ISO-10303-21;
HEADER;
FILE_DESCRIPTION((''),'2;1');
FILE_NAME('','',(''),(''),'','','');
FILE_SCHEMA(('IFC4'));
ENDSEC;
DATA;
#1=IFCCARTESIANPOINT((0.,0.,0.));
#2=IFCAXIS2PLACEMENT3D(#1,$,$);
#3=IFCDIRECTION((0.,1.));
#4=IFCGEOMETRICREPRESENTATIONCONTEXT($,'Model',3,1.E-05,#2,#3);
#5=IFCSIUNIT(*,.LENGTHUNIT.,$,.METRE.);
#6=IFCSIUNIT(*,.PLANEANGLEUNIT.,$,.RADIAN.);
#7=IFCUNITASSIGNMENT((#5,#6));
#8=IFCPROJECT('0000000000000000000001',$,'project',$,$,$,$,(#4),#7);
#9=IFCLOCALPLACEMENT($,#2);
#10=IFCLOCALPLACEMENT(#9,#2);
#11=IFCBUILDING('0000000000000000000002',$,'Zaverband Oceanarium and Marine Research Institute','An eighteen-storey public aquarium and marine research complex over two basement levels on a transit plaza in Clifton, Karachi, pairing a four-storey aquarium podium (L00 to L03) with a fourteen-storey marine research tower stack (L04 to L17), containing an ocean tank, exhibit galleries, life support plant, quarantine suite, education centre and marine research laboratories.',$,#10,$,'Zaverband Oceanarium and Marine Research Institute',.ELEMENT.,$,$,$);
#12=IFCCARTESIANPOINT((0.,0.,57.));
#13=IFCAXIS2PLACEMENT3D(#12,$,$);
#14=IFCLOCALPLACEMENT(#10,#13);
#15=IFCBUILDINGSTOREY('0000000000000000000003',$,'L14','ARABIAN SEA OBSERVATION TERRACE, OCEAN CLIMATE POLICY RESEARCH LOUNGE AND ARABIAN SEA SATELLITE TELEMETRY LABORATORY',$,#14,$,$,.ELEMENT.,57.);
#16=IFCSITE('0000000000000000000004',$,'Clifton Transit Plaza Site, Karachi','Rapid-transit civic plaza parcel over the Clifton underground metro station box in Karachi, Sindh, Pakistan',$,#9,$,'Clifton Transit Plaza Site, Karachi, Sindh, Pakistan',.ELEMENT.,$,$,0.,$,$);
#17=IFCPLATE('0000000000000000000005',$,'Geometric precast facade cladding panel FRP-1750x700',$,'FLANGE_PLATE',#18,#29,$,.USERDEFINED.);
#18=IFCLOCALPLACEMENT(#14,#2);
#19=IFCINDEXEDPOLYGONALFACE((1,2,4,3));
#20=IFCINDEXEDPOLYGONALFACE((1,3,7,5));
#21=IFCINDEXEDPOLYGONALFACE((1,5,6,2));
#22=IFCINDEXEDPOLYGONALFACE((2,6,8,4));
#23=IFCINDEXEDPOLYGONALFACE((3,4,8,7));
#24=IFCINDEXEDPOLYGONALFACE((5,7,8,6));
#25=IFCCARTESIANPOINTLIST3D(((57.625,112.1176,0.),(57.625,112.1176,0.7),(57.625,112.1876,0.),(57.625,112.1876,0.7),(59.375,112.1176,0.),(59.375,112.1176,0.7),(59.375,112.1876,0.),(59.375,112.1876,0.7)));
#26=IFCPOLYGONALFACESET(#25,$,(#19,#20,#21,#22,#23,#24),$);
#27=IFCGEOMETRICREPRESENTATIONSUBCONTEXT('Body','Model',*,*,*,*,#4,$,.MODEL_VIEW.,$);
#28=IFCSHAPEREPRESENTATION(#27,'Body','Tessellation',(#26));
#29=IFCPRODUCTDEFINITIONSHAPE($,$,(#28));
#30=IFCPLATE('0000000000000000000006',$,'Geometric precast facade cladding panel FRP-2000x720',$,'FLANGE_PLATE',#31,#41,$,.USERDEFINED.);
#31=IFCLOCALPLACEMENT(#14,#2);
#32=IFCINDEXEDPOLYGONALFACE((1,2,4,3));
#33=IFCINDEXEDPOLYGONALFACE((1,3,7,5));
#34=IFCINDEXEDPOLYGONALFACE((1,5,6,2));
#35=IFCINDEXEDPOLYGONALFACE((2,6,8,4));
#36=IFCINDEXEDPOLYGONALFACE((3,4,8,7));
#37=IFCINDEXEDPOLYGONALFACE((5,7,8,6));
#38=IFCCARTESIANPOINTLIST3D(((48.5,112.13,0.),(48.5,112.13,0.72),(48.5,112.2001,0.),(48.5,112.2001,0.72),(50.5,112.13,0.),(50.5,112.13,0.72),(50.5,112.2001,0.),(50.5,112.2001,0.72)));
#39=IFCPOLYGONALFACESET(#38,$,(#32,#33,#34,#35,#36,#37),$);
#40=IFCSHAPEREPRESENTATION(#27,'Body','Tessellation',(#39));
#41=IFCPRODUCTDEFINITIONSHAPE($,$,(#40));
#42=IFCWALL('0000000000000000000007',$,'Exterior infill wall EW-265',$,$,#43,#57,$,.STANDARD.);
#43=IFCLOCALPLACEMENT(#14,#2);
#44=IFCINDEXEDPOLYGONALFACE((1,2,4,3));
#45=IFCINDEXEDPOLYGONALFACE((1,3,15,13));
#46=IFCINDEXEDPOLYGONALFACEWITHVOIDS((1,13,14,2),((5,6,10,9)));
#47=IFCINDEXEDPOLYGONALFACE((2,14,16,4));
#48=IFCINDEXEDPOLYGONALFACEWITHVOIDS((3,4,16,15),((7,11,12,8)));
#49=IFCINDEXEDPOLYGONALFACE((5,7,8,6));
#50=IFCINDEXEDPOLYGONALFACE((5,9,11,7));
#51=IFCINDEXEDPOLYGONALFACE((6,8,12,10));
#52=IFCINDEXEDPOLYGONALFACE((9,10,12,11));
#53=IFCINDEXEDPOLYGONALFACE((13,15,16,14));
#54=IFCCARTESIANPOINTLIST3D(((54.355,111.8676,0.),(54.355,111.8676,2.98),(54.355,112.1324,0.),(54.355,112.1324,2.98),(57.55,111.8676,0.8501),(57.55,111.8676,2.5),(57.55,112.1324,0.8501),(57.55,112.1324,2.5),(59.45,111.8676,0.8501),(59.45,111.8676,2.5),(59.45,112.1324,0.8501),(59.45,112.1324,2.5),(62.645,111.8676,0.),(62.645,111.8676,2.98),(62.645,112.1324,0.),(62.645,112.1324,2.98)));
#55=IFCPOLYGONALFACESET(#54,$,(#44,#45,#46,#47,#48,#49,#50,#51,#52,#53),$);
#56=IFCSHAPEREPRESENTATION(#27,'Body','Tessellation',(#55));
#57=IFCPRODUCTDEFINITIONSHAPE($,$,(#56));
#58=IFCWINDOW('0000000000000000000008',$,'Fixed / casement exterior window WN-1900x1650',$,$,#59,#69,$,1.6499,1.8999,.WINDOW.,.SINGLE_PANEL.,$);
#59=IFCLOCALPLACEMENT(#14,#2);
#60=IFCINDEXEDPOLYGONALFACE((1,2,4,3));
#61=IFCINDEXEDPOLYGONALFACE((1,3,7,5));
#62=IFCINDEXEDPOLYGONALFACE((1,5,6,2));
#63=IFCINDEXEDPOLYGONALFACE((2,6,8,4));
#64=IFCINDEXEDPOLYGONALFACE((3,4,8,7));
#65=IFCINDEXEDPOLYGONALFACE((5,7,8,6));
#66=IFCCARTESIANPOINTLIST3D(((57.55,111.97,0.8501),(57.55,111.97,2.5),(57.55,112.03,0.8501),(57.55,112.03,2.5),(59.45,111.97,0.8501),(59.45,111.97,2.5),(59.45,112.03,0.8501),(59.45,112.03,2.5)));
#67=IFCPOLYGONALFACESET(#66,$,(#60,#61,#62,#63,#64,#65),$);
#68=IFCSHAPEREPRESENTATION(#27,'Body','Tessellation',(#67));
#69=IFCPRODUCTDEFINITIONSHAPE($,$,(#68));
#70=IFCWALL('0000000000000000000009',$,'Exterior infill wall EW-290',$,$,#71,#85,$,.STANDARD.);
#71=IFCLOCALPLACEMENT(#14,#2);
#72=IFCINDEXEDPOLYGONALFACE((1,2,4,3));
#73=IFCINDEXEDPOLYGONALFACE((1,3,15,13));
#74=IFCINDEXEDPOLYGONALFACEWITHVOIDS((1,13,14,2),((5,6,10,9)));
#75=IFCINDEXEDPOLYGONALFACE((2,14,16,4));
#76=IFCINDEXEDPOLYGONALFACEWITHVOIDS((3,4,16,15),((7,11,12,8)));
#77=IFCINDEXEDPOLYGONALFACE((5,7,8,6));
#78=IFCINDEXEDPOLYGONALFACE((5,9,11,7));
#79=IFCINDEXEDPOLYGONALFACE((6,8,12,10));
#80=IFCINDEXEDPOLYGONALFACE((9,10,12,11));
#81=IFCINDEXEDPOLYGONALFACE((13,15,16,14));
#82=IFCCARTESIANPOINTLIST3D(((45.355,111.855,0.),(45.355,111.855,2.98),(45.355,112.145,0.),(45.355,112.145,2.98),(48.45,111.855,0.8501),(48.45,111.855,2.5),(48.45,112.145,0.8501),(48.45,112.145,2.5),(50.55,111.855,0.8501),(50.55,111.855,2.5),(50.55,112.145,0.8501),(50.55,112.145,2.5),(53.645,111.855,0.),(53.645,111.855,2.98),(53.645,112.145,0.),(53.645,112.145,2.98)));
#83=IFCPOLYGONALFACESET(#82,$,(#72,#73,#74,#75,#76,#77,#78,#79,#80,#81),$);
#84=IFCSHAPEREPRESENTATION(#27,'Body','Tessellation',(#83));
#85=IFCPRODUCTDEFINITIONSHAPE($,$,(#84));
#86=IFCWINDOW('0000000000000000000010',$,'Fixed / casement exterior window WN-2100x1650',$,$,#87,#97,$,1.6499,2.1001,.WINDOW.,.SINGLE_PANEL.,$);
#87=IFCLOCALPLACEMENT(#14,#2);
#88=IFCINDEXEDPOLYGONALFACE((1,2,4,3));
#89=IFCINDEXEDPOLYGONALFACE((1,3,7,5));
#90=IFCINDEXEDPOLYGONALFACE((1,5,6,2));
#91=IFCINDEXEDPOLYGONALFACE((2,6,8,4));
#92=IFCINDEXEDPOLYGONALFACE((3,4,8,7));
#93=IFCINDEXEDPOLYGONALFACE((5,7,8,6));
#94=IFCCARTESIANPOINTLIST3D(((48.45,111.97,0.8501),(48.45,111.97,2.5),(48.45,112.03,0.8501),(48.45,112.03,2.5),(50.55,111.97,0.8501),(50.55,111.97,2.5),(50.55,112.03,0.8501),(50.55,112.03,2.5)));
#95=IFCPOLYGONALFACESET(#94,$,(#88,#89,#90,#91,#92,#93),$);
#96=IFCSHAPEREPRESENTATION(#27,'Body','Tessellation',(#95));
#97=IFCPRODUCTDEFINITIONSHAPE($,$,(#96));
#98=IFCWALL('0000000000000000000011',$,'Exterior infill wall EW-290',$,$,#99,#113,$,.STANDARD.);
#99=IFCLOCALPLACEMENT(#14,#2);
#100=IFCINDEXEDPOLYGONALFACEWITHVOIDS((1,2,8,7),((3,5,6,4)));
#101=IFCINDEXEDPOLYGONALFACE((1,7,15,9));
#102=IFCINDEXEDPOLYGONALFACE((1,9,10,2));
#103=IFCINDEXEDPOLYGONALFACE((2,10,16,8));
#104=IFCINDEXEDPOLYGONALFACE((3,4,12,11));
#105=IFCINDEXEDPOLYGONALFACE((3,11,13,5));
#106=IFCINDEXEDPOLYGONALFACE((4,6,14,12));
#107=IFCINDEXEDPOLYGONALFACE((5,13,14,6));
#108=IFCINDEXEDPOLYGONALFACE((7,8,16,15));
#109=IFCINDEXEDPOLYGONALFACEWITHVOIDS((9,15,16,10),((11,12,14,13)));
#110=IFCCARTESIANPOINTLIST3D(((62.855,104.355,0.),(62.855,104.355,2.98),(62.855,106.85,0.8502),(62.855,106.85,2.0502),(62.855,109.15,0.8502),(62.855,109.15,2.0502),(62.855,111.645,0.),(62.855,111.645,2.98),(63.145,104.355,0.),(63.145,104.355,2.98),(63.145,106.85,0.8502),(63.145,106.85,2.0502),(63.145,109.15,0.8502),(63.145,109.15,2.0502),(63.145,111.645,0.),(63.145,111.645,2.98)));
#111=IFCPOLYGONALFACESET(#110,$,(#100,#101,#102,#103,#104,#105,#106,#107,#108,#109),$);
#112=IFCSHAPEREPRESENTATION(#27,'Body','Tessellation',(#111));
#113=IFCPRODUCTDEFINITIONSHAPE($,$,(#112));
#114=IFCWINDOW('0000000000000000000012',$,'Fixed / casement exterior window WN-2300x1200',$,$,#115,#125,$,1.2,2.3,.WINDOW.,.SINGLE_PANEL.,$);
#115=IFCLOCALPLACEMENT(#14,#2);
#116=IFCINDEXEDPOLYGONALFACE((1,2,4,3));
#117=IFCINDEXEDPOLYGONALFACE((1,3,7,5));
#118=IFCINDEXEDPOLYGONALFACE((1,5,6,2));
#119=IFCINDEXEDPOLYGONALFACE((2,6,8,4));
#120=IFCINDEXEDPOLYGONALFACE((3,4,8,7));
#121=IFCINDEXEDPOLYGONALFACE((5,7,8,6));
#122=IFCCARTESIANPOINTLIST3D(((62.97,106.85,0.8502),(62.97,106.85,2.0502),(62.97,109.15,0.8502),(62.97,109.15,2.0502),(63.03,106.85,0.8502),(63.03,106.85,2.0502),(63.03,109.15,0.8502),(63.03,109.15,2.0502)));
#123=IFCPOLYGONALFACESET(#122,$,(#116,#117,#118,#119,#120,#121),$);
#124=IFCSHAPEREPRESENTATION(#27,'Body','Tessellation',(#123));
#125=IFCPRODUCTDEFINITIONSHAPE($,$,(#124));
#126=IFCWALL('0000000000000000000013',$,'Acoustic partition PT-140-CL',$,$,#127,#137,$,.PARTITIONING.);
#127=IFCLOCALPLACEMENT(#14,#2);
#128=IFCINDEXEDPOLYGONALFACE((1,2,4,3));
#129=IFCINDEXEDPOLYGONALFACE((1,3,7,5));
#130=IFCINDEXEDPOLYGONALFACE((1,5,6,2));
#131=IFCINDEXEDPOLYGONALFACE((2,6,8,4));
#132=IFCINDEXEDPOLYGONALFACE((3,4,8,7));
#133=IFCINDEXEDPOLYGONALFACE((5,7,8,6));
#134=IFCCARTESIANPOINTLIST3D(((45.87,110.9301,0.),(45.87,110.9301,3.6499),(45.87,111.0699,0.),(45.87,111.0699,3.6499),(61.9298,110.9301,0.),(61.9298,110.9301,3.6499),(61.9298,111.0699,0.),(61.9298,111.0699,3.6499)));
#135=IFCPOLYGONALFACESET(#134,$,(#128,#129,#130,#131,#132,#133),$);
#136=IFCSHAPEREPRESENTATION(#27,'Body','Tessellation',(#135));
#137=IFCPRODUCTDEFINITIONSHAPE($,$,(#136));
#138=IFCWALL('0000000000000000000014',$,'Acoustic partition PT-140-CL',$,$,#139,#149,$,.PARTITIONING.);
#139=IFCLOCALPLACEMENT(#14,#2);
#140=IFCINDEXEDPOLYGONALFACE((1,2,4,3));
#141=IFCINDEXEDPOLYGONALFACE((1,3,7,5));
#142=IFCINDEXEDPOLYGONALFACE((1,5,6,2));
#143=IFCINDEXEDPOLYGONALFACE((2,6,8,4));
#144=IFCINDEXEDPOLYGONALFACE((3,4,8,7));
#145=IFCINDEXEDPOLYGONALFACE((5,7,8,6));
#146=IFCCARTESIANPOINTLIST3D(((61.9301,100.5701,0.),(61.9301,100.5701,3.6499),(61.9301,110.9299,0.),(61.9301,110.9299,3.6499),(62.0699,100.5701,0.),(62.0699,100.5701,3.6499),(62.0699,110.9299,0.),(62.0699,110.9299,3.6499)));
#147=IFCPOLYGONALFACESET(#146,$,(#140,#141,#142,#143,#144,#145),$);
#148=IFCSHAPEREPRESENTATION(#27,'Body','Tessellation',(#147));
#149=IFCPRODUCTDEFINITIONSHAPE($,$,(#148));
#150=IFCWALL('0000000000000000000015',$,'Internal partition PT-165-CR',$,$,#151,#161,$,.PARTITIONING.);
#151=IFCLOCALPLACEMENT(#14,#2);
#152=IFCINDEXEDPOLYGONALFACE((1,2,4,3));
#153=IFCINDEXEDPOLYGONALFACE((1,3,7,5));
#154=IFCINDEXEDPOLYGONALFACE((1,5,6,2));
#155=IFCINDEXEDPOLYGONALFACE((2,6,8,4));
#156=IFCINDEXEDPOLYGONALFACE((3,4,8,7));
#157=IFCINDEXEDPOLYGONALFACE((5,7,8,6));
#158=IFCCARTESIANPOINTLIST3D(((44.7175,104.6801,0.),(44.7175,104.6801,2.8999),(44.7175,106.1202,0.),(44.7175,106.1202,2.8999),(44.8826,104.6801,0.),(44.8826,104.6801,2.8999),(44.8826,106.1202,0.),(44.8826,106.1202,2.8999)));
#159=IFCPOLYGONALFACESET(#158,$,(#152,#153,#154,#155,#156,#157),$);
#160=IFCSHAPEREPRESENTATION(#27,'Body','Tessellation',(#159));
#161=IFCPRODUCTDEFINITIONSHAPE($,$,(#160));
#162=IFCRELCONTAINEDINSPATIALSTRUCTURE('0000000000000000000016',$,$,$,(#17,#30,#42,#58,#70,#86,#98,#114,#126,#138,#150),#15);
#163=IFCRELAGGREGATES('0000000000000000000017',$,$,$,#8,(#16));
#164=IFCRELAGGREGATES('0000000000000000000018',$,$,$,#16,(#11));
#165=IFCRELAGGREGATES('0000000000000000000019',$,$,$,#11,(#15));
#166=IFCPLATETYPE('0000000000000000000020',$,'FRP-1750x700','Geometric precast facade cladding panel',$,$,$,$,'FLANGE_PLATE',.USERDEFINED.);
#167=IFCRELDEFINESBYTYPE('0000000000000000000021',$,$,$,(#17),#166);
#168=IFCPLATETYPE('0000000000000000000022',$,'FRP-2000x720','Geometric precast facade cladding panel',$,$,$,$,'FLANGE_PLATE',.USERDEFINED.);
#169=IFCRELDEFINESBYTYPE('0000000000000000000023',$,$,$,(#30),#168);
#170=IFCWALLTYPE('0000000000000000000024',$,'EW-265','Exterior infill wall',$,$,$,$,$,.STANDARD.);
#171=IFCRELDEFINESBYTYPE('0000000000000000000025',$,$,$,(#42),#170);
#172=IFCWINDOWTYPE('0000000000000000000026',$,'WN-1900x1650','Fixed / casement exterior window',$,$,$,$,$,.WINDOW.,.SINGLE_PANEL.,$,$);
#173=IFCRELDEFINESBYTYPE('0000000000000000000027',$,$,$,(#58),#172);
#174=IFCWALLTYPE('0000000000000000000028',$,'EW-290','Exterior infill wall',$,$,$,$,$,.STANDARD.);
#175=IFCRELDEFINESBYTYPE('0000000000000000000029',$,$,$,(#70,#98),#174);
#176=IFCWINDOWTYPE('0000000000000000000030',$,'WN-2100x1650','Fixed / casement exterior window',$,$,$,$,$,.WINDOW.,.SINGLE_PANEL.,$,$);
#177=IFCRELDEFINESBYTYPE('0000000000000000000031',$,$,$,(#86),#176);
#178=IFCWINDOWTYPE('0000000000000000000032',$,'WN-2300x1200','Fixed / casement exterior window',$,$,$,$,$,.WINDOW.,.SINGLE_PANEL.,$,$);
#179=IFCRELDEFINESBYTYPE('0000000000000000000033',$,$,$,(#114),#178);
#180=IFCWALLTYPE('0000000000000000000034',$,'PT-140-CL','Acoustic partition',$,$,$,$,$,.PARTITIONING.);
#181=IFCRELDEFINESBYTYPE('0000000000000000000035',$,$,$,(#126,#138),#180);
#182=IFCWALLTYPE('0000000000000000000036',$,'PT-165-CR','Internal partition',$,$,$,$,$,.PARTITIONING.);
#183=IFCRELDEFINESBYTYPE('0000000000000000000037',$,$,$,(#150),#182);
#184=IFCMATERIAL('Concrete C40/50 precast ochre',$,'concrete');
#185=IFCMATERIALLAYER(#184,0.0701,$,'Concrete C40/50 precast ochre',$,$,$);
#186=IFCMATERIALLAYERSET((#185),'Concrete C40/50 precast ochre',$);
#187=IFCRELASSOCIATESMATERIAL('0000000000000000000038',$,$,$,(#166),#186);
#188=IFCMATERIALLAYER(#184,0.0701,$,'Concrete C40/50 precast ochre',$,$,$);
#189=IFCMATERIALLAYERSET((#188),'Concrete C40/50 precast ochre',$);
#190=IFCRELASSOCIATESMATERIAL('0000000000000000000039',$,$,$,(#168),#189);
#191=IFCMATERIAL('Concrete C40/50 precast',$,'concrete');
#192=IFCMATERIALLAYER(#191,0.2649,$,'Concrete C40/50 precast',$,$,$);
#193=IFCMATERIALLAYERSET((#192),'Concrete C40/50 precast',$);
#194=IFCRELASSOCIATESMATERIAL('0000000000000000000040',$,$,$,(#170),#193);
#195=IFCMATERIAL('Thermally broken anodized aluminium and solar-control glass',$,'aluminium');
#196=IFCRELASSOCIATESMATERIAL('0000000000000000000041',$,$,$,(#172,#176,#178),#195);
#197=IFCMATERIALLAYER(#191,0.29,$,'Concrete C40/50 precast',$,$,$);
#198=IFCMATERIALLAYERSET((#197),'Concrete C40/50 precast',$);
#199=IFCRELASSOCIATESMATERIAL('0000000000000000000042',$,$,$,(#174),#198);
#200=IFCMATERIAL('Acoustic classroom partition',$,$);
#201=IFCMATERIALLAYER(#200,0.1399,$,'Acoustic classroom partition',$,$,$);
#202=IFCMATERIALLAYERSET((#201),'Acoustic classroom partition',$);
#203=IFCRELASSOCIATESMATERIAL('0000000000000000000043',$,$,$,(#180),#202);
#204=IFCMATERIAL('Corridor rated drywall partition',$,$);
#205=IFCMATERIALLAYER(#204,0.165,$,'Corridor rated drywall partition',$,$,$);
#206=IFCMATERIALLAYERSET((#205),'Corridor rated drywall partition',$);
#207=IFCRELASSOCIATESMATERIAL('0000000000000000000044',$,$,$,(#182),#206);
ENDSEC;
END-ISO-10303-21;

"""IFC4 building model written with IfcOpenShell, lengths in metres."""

from ifc_helpers import new_model, si_unit, direction, frame, frame_2d, origin, place, context, subcontext, project, spatial, rectangle, extrude, material, layer, layer_set, type_object, element, fill, save


model = new_model("IFC4")

# Units and contexts
model_context = context("Model", 3, precision=1e-05, world=origin(), true_north=direction((0.0, 1.0)))
body_context = subcontext(model_context, "Body", "Model", "MODEL_VIEW")
ifc_project = project(units=[si_unit("LENGTHUNIT", "METRE"), si_unit("PLANEANGLEUNIT", "RADIAN")], contexts=[model_context])

# Site, building, storey
site_placement = place(None, origin())
site = spatial("IfcSite", under=ifc_project, at=site_placement, Name="Clifton Transit Plaza Site, Karachi", Description="Rapid-transit civic plaza parcel over the Clifton underground metro station box in Karachi, Sindh, Pakistan", LongName="Clifton Transit Plaza Site, Karachi, Sindh, Pakistan", CompositionType="ELEMENT", RefElevation=0.0)
building_placement = place(site_placement, origin())
building = spatial("IfcBuilding", under=site, at=building_placement, Name="Zaverband Oceanarium and Marine Research Institute", Description="An eighteen-storey public aquarium and marine research complex over two basement levels on a transit plaza in Clifton, Karachi, pairing a four-storey aquarium podium (L00 to L03) with a fourteen-storey marine research tower stack (L04 to L17), containing an ocean tank, exhibit galleries, life support plant, quarantine suite, education centre and marine research laboratories.", LongName="Zaverband Oceanarium and Marine Research Institute", CompositionType="ELEMENT")
storey_placement = place(building_placement, frame((0.0, 0.0, 57.0)))
storey = spatial("IfcBuildingStorey", under=building, at=storey_placement, Name="L14", Description="ARABIAN SEA OBSERVATION TERRACE, OCEAN CLIMATE POLICY RESEARCH LOUNGE AND ARABIAN SEA SATELLITE TELEMETRY LABORATORY", CompositionType="ELEMENT", Elevation=57.0)

# Shared definitions
ifc_material_1 = material(Name="Thermally broken anodized aluminium and solar-control glass", Category="aluminium")

# Plates
ifc_material_2 = material(Name="Concrete C40/50 precast ochre", Category="concrete")
ifc_layer_1 = layer(ifc_material_2, 0.0701, Name="Concrete C40/50 precast ochre")
ifc_layer_set_1 = layer_set([ifc_layer_1], Name="Concrete C40/50 precast ochre")
plate_type_1 = type_object("IfcPlateType", Name="FRP-1750x700", Description="Geometric precast facade cladding panel", ElementType="FLANGE_PLATE", PredefinedType="USERDEFINED", material=ifc_layer_set_1)
plate_1_placement = place(storey_placement, frame((57.625, 112.1526, 0.0), z_axis=(0.0, 0.0, 1.0), x_axis=(1.0, 0.0, 0.0)))
element("IfcPlate", 1, at=plate_1_placement, inside=storey, type_object=plate_type_1, Name="Geometric precast facade cladding panel FRP-1750x700", ObjectType="FLANGE_PLATE", PredefinedType="USERDEFINED", context=body_context, shape_type="SweptSolid", body=[
    extrude(rectangle(XDim=1.75, YDim=0.0701, at=frame_2d((0.875, 0.0))), origin(), (0.0, 0.0, 1.0), 0.7),
])
ifc_layer_2 = layer(ifc_material_2, 0.0701, Name="Concrete C40/50 precast ochre")
ifc_layer_set_2 = layer_set([ifc_layer_2], Name="Concrete C40/50 precast ochre")
plate_type_2 = type_object("IfcPlateType", Name="FRP-2000x720", Description="Geometric precast facade cladding panel", ElementType="FLANGE_PLATE", PredefinedType="USERDEFINED", material=ifc_layer_set_2)
plate_2_placement = place(storey_placement, frame((48.5, 112.165, 0.0), z_axis=(0.0, 0.0, 1.0), x_axis=(1.0, 0.0, 0.0)))
element("IfcPlate", 2, at=plate_2_placement, inside=storey, type_object=plate_type_2, Name="Geometric precast facade cladding panel FRP-2000x720", ObjectType="FLANGE_PLATE", PredefinedType="USERDEFINED", context=body_context, shape_type="SweptSolid", body=[
    extrude(rectangle(XDim=2.0, YDim=0.0701, at=frame_2d((1.0, 0.0))), origin(), (0.0, 0.0, 1.0), 0.72),
])

# Walls, openings, windows
ifc_material_3 = material(Name="Concrete C40/50 precast", Category="concrete")
ifc_layer_3 = layer(ifc_material_3, 0.2649, Name="Concrete C40/50 precast")
ifc_layer_set_3 = layer_set([ifc_layer_3], Name="Concrete C40/50 precast")
wall_type_1 = type_object("IfcWallType", Name="EW-265", Description="Exterior infill wall", PredefinedType="STANDARD", material=ifc_layer_set_3)
wall_1_placement = place(storey_placement, frame((54.355, 112.0, 0.0), z_axis=(0.0, 0.0, 1.0), x_axis=(1.0, 0.0, 0.0)))
wall_1 = element("IfcWall", 3, at=wall_1_placement, inside=storey, type_object=wall_type_1, Name="Exterior infill wall EW-265", PredefinedType="STANDARD", context=body_context, shape_type="SweptSolid", body=[
    extrude(rectangle(XDim=8.29, YDim=0.2649, at=frame_2d((4.145, 0.0))), origin(), (0.0, 0.0, 1.0), 2.98),
])
opening_1_placement = place(wall_1_placement, frame((3.1951, 0.0, 0.8501)))
opening_1 = element("IfcOpeningElement", 4, at=opening_1_placement, cuts=wall_1, PredefinedType="OPENING", context=body_context, shape_type="SweptSolid", body=[
    extrude(rectangle(XDim=1.8999, YDim=1.6499, at=frame_2d((0.95, 0.825))), frame((0.0, 0.1445, 0.0), z_axis=(0.0, -1.0, 0.0), x_axis=(1.0, 0.0, 0.0)), (0.0, 0.0, 1.0), 0.2888),
])
window_type_1 = type_object("IfcWindowType", Name="WN-1900x1650", Description="Fixed / casement exterior window", PartitioningType="SINGLE_PANEL", PredefinedType="WINDOW", material=ifc_material_1)
window_1_placement = place(opening_1_placement, origin())
window_1 = element("IfcWindow", 5, at=window_1_placement, inside=storey, type_object=window_type_1, Name="Fixed / casement exterior window WN-1900x1650", OverallHeight=1.6499, OverallWidth=1.8999, PartitioningType="SINGLE_PANEL", PredefinedType="WINDOW", context=body_context, shape_type="SweptSolid", body=[
    extrude(rectangle(XDim=1.8999, YDim=1.6499, at=frame_2d((0.95, 0.825))), frame((0.0, 0.03, 0.0), z_axis=(0.0, -1.0, 0.0), x_axis=(1.0, 0.0, 0.0)), (0.0, 0.0, 1.0), 0.0601),
])
fill(opening_1, window_1)
ifc_layer_4 = layer(ifc_material_3, 0.29, Name="Concrete C40/50 precast")
ifc_layer_set_4 = layer_set([ifc_layer_4], Name="Concrete C40/50 precast")
wall_type_2 = type_object("IfcWallType", Name="EW-290", Description="Exterior infill wall", PredefinedType="STANDARD", material=ifc_layer_set_4)
wall_2_placement = place(storey_placement, frame((45.355, 112.0, 0.0), z_axis=(0.0, 0.0, 1.0), x_axis=(1.0, 0.0, 0.0)))
wall_2 = element("IfcWall", 6, at=wall_2_placement, inside=storey, type_object=wall_type_2, Name="Exterior infill wall EW-290", PredefinedType="STANDARD", context=body_context, shape_type="SweptSolid", body=[
    extrude(rectangle(XDim=8.29, YDim=0.29, at=frame_2d((4.145, 0.0))), origin(), (0.0, 0.0, 1.0), 2.98),
])
opening_2_placement = place(wall_2_placement, frame((3.095, 0.0, 0.8501)))
opening_2 = element("IfcOpeningElement", 7, at=opening_2_placement, cuts=wall_2, PredefinedType="OPENING", context=body_context, shape_type="SweptSolid", body=[
    extrude(rectangle(XDim=2.1001, YDim=1.6499, at=frame_2d((1.05, 0.825))), frame((0.0, 0.157, 0.0), z_axis=(0.0, -1.0, 0.0), x_axis=(1.0, 0.0, 0.0)), (0.0, 0.0, 1.0), 0.314),
])
window_type_2 = type_object("IfcWindowType", Name="WN-2100x1650", Description="Fixed / casement exterior window", PartitioningType="SINGLE_PANEL", PredefinedType="WINDOW", material=ifc_material_1)
window_2_placement = place(opening_2_placement, origin())
window_2 = element("IfcWindow", 8, at=window_2_placement, inside=storey, type_object=window_type_2, Name="Fixed / casement exterior window WN-2100x1650", OverallHeight=1.6499, OverallWidth=2.1001, PartitioningType="SINGLE_PANEL", PredefinedType="WINDOW", context=body_context, shape_type="SweptSolid", body=[
    extrude(rectangle(XDim=2.1001, YDim=1.6499, at=frame_2d((1.05, 0.825))), frame((0.0, 0.03, 0.0), z_axis=(0.0, -1.0, 0.0), x_axis=(1.0, 0.0, 0.0)), (0.0, 0.0, 1.0), 0.0601),
])
fill(opening_2, window_2)
wall_3_placement = place(storey_placement, frame((63.0, 104.355, 0.0), z_axis=(0.0, 0.0, 1.0), x_axis=(0.0, 1.0, 0.0)))
wall_3 = element("IfcWall", 9, at=wall_3_placement, inside=storey, type_object=wall_type_2, Name="Exterior infill wall EW-290", PredefinedType="STANDARD", context=body_context, shape_type="SweptSolid", body=[
    extrude(rectangle(XDim=7.29, YDim=0.29, at=frame_2d((3.645, 0.0))), origin(), (0.0, 0.0, 1.0), 2.98),
])
opening_3_placement = place(wall_3_placement, frame((2.4951, 0.0, 0.8501)))
opening_3 = element("IfcOpeningElement", 10, at=opening_3_placement, cuts=wall_3, PredefinedType="OPENING", context=body_context, shape_type="SweptSolid", body=[
    extrude(rectangle(XDim=2.3, YDim=1.2, at=frame_2d((1.1499, 0.6001))), frame((0.0, 0.157, 0.0), z_axis=(0.0, -1.0, 0.0), x_axis=(1.0, 0.0, 0.0)), (0.0, 0.0, 1.0), 0.314),
])
window_type_3 = type_object("IfcWindowType", Name="WN-2300x1200", Description="Fixed / casement exterior window", PartitioningType="SINGLE_PANEL", PredefinedType="WINDOW", material=ifc_material_1)
window_3_placement = place(opening_3_placement, origin())
window_3 = element("IfcWindow", 11, at=window_3_placement, inside=storey, type_object=window_type_3, Name="Fixed / casement exterior window WN-2300x1200", OverallHeight=1.2, OverallWidth=2.3, PartitioningType="SINGLE_PANEL", PredefinedType="WINDOW", context=body_context, shape_type="SweptSolid", body=[
    extrude(rectangle(XDim=2.3, YDim=1.2, at=frame_2d((1.1499, 0.6001))), frame((0.0, 0.03, 0.0), z_axis=(0.0, -1.0, 0.0), x_axis=(1.0, 0.0, 0.0)), (0.0, 0.0, 1.0), 0.0601),
])
fill(opening_3, window_3)

# Walls
ifc_material_4 = material(Name="Acoustic classroom partition")
ifc_layer_5 = layer(ifc_material_4, 0.1399, Name="Acoustic classroom partition")
ifc_layer_set_5 = layer_set([ifc_layer_5], Name="Acoustic classroom partition")
wall_type_3 = type_object("IfcWallType", Name="PT-140-CL", Description="Acoustic partition", PredefinedType="PARTITIONING", material=ifc_layer_set_5)
wall_4_placement = place(storey_placement, frame((45.8701, 111.0, 0.0), z_axis=(0.0, 0.0, 1.0), x_axis=(1.0, 0.0, 0.0)))
element("IfcWall", 12, at=wall_4_placement, inside=storey, type_object=wall_type_3, Name="Acoustic partition PT-140-CL", PredefinedType="PARTITIONING", context=body_context, shape_type="SweptSolid", body=[
    extrude(rectangle(XDim=16.0598, YDim=0.1399, at=frame_2d((8.0298, 0.0))), origin(), (0.0, 0.0, 1.0), 3.6499),
])
wall_5_placement = place(storey_placement, frame((62.0, 100.5701, 0.0), z_axis=(0.0, 0.0, 1.0), x_axis=(0.0, 1.0, 0.0)))
element("IfcWall", 13, at=wall_5_placement, inside=storey, type_object=wall_type_3, Name="Acoustic partition PT-140-CL", PredefinedType="PARTITIONING", context=body_context, shape_type="SweptSolid", body=[
    extrude(rectangle(XDim=10.3599, YDim=0.1399, at=frame_2d((5.1799, 0.0))), origin(), (0.0, 0.0, 1.0), 3.6499),
])
ifc_material_5 = material(Name="Corridor rated drywall partition")
ifc_layer_6 = layer(ifc_material_5, 0.165, Name="Corridor rated drywall partition")
ifc_layer_set_6 = layer_set([ifc_layer_6], Name="Corridor rated drywall partition")
wall_type_4 = type_object("IfcWallType", Name="PT-165-CR", Description="Internal partition", PredefinedType="PARTITIONING", material=ifc_layer_set_6)
wall_6_placement = place(storey_placement, frame((44.8, 104.6799, 0.0), z_axis=(0.0, 0.0, 1.0), x_axis=(0.0, 1.0, 0.0)))
element("IfcWall", 14, at=wall_6_placement, inside=storey, type_object=wall_type_4, Name="Internal partition PT-165-CR", PredefinedType="PARTITIONING", context=body_context, shape_type="SweptSolid", body=[
    extrude(rectangle(XDim=1.4402, YDim=0.165, at=frame_2d((0.7202, 0.0))), origin(), (0.0, 0.0, 1.0), 2.8999),
])

save(model, "model.ifc")
